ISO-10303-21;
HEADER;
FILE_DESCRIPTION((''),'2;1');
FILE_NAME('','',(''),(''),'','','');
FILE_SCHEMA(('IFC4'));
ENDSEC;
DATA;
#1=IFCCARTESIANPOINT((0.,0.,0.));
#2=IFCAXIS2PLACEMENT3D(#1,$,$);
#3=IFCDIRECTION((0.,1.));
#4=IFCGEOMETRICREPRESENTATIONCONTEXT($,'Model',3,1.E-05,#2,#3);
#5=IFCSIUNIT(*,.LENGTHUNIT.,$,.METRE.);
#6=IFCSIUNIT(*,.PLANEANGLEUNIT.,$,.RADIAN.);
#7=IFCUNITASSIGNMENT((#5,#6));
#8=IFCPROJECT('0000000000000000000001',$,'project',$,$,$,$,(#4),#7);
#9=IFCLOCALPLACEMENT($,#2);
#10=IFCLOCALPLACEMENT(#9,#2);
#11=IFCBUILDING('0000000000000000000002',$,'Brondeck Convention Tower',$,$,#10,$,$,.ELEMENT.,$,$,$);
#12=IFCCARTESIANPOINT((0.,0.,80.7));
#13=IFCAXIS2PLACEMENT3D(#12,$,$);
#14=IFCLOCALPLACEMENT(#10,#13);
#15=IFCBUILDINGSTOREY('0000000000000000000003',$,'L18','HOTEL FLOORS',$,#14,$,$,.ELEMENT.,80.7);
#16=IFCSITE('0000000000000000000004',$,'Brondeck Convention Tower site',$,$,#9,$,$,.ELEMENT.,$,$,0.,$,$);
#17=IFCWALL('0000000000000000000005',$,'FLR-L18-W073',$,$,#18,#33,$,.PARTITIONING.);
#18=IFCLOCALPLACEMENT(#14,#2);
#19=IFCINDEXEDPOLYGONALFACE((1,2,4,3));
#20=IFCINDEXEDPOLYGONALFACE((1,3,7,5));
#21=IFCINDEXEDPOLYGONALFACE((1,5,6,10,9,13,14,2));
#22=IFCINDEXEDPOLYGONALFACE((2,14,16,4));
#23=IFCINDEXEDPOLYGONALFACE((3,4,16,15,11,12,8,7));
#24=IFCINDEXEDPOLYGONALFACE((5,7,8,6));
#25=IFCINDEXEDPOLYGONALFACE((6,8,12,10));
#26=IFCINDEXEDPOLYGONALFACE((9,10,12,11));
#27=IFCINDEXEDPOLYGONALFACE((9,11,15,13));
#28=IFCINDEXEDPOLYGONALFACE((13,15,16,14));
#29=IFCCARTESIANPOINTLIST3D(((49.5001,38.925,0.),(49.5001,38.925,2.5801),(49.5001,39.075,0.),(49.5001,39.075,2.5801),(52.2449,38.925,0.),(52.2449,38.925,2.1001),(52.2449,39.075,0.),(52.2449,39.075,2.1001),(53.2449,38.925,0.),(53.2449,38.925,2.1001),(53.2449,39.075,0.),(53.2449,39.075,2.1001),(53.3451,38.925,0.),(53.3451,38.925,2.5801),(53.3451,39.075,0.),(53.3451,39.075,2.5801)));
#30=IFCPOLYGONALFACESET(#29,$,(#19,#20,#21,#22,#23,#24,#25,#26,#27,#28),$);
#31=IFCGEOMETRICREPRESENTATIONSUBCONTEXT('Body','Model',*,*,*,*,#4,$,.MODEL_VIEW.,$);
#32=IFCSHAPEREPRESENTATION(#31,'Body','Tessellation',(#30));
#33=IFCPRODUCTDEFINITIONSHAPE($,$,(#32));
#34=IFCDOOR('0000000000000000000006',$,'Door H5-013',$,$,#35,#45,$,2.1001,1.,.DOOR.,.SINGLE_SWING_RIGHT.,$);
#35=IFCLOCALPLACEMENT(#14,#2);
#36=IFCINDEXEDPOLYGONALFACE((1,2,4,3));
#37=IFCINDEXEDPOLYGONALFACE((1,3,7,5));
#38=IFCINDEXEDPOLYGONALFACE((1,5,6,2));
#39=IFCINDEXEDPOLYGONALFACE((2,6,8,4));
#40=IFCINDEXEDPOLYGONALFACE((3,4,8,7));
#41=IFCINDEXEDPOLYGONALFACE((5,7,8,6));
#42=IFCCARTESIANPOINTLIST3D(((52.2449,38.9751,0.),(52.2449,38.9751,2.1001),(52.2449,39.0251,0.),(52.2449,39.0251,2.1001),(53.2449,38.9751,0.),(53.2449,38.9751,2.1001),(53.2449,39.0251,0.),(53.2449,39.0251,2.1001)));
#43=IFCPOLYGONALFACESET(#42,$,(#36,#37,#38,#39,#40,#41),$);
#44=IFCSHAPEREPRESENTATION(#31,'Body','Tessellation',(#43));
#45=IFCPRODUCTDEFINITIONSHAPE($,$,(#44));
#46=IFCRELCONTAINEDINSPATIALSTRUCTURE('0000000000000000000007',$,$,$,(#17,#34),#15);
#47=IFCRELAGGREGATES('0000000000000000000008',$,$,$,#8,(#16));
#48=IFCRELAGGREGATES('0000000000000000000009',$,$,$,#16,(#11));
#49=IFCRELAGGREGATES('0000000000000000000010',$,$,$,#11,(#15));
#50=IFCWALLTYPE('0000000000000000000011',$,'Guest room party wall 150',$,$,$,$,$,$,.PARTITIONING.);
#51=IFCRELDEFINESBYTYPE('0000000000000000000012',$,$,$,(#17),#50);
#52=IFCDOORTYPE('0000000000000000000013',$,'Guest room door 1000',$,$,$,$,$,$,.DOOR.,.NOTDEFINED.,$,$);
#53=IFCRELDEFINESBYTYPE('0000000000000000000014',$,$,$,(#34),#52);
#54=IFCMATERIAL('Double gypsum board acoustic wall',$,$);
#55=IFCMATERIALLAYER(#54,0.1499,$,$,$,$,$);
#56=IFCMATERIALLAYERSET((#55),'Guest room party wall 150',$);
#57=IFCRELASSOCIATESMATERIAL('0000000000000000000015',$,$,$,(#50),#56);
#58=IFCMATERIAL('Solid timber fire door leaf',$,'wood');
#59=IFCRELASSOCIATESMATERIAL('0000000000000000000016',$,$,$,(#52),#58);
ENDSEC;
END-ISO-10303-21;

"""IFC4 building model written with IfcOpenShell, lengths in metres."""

from ifc_helpers import new_model, si_unit, direction, frame, frame_2d, origin, place, context, subcontext, project, spatial, rectangle, extrude, material, layer, layer_set, type_object, element, fill, save


model = new_model("IFC4")

# Units and contexts
model_context = context("Model", 3, precision=1e-05, world=origin(), true_north=direction((0.0, 1.0)))
body_context = subcontext(model_context, "Body", "Model", "MODEL_VIEW")
ifc_project = project(units=[si_unit("LENGTHUNIT", "METRE"), si_unit("PLANEANGLEUNIT", "RADIAN")], contexts=[model_context])

# Site, building, storey
site_placement = place(None, origin())
site = spatial("IfcSite", under=ifc_project, at=site_placement, Name="Brondeck Convention Tower site", CompositionType="ELEMENT", RefElevation=0.0)
building_placement = place(site_placement, origin())
building = spatial("IfcBuilding", under=site, at=building_placement, Name="Brondeck Convention Tower", CompositionType="ELEMENT")
storey_placement = place(building_placement, frame((0.0, 0.0, 80.7)))
storey = spatial("IfcBuildingStorey", under=building, at=storey_placement, Name="L18", Description="HOTEL FLOORS", CompositionType="ELEMENT", Elevation=80.7)

# Shared definitions
ifc_material_1 = material(Name="Double gypsum board acoustic wall")
ifc_layer_1 = layer(ifc_material_1, 0.1499)
ifc_layer_set_1 = layer_set([ifc_layer_1], Name="Guest room party wall 150")
wall_type_1 = type_object("IfcWallType", Name="Guest room party wall 150", PredefinedType="PARTITIONING", material=ifc_layer_set_1)

# Wall, opening, door
ifc_material_2 = material(Name="Solid timber fire door leaf", Category="wood")
door_type_1 = type_object("IfcDoorType", Name="Guest room door 1000", OperationType="NOTDEFINED", PredefinedType="DOOR", material=ifc_material_2)
wall_1_placement = place(storey_placement, frame((53.345, 39.0, 0.0), z_axis=(0.0, 0.0, 1.0), x_axis=(-1.0, 0.0, 0.0)))
wall_1 = element("IfcWall", 1, at=wall_1_placement, inside=storey, type_object=wall_type_1, Name="FLR-L18-W073", PredefinedType="PARTITIONING", context=body_context, shape_type="SweptSolid", body=[
    extrude(rectangle(XDim=3.845, YDim=0.1499, at=frame_2d((1.9224, 0.0))), origin(), (0.0, 0.0, 1.0), 2.5801),
])
opening_1_placement = place(wall_1_placement, frame((0.1001, 0.0, 0.0)))
opening_1 = element("IfcOpeningElement", 2, at=opening_1_placement, cuts=wall_1, PredefinedType="OPENING", context=body_context, shape_type="SweptSolid", body=[
    extrude(rectangle(XDim=1.0, YDim=2.1001, at=frame_2d((0.5, 1.05))), frame((0.0, 0.085, 0.0), z_axis=(0.0, -1.0, 0.0), x_axis=(1.0, 0.0, 0.0)), (0.0, 0.0, 1.0), 0.1699),
])
door_1_placement = place(opening_1_placement, origin())
door_1 = element("IfcDoor", 3, at=door_1_placement, inside=storey, type_object=door_type_1, Name="Door H5-013", OperationType="SINGLE_SWING_RIGHT", OverallHeight=2.1001, OverallWidth=1.0, PredefinedType="DOOR", context=body_context, shape_type="SweptSolid", body=[
    extrude(rectangle(XDim=1.0, YDim=2.1001, at=frame_2d((0.5, 1.05))), frame((0.0, 0.0249, 0.0), z_axis=(0.0, -1.0, 0.0), x_axis=(1.0, 0.0, 0.0)), (0.0, 0.0, 1.0), 0.05),
])
fill(opening_1, door_1)

save(model, "model.ifc")
